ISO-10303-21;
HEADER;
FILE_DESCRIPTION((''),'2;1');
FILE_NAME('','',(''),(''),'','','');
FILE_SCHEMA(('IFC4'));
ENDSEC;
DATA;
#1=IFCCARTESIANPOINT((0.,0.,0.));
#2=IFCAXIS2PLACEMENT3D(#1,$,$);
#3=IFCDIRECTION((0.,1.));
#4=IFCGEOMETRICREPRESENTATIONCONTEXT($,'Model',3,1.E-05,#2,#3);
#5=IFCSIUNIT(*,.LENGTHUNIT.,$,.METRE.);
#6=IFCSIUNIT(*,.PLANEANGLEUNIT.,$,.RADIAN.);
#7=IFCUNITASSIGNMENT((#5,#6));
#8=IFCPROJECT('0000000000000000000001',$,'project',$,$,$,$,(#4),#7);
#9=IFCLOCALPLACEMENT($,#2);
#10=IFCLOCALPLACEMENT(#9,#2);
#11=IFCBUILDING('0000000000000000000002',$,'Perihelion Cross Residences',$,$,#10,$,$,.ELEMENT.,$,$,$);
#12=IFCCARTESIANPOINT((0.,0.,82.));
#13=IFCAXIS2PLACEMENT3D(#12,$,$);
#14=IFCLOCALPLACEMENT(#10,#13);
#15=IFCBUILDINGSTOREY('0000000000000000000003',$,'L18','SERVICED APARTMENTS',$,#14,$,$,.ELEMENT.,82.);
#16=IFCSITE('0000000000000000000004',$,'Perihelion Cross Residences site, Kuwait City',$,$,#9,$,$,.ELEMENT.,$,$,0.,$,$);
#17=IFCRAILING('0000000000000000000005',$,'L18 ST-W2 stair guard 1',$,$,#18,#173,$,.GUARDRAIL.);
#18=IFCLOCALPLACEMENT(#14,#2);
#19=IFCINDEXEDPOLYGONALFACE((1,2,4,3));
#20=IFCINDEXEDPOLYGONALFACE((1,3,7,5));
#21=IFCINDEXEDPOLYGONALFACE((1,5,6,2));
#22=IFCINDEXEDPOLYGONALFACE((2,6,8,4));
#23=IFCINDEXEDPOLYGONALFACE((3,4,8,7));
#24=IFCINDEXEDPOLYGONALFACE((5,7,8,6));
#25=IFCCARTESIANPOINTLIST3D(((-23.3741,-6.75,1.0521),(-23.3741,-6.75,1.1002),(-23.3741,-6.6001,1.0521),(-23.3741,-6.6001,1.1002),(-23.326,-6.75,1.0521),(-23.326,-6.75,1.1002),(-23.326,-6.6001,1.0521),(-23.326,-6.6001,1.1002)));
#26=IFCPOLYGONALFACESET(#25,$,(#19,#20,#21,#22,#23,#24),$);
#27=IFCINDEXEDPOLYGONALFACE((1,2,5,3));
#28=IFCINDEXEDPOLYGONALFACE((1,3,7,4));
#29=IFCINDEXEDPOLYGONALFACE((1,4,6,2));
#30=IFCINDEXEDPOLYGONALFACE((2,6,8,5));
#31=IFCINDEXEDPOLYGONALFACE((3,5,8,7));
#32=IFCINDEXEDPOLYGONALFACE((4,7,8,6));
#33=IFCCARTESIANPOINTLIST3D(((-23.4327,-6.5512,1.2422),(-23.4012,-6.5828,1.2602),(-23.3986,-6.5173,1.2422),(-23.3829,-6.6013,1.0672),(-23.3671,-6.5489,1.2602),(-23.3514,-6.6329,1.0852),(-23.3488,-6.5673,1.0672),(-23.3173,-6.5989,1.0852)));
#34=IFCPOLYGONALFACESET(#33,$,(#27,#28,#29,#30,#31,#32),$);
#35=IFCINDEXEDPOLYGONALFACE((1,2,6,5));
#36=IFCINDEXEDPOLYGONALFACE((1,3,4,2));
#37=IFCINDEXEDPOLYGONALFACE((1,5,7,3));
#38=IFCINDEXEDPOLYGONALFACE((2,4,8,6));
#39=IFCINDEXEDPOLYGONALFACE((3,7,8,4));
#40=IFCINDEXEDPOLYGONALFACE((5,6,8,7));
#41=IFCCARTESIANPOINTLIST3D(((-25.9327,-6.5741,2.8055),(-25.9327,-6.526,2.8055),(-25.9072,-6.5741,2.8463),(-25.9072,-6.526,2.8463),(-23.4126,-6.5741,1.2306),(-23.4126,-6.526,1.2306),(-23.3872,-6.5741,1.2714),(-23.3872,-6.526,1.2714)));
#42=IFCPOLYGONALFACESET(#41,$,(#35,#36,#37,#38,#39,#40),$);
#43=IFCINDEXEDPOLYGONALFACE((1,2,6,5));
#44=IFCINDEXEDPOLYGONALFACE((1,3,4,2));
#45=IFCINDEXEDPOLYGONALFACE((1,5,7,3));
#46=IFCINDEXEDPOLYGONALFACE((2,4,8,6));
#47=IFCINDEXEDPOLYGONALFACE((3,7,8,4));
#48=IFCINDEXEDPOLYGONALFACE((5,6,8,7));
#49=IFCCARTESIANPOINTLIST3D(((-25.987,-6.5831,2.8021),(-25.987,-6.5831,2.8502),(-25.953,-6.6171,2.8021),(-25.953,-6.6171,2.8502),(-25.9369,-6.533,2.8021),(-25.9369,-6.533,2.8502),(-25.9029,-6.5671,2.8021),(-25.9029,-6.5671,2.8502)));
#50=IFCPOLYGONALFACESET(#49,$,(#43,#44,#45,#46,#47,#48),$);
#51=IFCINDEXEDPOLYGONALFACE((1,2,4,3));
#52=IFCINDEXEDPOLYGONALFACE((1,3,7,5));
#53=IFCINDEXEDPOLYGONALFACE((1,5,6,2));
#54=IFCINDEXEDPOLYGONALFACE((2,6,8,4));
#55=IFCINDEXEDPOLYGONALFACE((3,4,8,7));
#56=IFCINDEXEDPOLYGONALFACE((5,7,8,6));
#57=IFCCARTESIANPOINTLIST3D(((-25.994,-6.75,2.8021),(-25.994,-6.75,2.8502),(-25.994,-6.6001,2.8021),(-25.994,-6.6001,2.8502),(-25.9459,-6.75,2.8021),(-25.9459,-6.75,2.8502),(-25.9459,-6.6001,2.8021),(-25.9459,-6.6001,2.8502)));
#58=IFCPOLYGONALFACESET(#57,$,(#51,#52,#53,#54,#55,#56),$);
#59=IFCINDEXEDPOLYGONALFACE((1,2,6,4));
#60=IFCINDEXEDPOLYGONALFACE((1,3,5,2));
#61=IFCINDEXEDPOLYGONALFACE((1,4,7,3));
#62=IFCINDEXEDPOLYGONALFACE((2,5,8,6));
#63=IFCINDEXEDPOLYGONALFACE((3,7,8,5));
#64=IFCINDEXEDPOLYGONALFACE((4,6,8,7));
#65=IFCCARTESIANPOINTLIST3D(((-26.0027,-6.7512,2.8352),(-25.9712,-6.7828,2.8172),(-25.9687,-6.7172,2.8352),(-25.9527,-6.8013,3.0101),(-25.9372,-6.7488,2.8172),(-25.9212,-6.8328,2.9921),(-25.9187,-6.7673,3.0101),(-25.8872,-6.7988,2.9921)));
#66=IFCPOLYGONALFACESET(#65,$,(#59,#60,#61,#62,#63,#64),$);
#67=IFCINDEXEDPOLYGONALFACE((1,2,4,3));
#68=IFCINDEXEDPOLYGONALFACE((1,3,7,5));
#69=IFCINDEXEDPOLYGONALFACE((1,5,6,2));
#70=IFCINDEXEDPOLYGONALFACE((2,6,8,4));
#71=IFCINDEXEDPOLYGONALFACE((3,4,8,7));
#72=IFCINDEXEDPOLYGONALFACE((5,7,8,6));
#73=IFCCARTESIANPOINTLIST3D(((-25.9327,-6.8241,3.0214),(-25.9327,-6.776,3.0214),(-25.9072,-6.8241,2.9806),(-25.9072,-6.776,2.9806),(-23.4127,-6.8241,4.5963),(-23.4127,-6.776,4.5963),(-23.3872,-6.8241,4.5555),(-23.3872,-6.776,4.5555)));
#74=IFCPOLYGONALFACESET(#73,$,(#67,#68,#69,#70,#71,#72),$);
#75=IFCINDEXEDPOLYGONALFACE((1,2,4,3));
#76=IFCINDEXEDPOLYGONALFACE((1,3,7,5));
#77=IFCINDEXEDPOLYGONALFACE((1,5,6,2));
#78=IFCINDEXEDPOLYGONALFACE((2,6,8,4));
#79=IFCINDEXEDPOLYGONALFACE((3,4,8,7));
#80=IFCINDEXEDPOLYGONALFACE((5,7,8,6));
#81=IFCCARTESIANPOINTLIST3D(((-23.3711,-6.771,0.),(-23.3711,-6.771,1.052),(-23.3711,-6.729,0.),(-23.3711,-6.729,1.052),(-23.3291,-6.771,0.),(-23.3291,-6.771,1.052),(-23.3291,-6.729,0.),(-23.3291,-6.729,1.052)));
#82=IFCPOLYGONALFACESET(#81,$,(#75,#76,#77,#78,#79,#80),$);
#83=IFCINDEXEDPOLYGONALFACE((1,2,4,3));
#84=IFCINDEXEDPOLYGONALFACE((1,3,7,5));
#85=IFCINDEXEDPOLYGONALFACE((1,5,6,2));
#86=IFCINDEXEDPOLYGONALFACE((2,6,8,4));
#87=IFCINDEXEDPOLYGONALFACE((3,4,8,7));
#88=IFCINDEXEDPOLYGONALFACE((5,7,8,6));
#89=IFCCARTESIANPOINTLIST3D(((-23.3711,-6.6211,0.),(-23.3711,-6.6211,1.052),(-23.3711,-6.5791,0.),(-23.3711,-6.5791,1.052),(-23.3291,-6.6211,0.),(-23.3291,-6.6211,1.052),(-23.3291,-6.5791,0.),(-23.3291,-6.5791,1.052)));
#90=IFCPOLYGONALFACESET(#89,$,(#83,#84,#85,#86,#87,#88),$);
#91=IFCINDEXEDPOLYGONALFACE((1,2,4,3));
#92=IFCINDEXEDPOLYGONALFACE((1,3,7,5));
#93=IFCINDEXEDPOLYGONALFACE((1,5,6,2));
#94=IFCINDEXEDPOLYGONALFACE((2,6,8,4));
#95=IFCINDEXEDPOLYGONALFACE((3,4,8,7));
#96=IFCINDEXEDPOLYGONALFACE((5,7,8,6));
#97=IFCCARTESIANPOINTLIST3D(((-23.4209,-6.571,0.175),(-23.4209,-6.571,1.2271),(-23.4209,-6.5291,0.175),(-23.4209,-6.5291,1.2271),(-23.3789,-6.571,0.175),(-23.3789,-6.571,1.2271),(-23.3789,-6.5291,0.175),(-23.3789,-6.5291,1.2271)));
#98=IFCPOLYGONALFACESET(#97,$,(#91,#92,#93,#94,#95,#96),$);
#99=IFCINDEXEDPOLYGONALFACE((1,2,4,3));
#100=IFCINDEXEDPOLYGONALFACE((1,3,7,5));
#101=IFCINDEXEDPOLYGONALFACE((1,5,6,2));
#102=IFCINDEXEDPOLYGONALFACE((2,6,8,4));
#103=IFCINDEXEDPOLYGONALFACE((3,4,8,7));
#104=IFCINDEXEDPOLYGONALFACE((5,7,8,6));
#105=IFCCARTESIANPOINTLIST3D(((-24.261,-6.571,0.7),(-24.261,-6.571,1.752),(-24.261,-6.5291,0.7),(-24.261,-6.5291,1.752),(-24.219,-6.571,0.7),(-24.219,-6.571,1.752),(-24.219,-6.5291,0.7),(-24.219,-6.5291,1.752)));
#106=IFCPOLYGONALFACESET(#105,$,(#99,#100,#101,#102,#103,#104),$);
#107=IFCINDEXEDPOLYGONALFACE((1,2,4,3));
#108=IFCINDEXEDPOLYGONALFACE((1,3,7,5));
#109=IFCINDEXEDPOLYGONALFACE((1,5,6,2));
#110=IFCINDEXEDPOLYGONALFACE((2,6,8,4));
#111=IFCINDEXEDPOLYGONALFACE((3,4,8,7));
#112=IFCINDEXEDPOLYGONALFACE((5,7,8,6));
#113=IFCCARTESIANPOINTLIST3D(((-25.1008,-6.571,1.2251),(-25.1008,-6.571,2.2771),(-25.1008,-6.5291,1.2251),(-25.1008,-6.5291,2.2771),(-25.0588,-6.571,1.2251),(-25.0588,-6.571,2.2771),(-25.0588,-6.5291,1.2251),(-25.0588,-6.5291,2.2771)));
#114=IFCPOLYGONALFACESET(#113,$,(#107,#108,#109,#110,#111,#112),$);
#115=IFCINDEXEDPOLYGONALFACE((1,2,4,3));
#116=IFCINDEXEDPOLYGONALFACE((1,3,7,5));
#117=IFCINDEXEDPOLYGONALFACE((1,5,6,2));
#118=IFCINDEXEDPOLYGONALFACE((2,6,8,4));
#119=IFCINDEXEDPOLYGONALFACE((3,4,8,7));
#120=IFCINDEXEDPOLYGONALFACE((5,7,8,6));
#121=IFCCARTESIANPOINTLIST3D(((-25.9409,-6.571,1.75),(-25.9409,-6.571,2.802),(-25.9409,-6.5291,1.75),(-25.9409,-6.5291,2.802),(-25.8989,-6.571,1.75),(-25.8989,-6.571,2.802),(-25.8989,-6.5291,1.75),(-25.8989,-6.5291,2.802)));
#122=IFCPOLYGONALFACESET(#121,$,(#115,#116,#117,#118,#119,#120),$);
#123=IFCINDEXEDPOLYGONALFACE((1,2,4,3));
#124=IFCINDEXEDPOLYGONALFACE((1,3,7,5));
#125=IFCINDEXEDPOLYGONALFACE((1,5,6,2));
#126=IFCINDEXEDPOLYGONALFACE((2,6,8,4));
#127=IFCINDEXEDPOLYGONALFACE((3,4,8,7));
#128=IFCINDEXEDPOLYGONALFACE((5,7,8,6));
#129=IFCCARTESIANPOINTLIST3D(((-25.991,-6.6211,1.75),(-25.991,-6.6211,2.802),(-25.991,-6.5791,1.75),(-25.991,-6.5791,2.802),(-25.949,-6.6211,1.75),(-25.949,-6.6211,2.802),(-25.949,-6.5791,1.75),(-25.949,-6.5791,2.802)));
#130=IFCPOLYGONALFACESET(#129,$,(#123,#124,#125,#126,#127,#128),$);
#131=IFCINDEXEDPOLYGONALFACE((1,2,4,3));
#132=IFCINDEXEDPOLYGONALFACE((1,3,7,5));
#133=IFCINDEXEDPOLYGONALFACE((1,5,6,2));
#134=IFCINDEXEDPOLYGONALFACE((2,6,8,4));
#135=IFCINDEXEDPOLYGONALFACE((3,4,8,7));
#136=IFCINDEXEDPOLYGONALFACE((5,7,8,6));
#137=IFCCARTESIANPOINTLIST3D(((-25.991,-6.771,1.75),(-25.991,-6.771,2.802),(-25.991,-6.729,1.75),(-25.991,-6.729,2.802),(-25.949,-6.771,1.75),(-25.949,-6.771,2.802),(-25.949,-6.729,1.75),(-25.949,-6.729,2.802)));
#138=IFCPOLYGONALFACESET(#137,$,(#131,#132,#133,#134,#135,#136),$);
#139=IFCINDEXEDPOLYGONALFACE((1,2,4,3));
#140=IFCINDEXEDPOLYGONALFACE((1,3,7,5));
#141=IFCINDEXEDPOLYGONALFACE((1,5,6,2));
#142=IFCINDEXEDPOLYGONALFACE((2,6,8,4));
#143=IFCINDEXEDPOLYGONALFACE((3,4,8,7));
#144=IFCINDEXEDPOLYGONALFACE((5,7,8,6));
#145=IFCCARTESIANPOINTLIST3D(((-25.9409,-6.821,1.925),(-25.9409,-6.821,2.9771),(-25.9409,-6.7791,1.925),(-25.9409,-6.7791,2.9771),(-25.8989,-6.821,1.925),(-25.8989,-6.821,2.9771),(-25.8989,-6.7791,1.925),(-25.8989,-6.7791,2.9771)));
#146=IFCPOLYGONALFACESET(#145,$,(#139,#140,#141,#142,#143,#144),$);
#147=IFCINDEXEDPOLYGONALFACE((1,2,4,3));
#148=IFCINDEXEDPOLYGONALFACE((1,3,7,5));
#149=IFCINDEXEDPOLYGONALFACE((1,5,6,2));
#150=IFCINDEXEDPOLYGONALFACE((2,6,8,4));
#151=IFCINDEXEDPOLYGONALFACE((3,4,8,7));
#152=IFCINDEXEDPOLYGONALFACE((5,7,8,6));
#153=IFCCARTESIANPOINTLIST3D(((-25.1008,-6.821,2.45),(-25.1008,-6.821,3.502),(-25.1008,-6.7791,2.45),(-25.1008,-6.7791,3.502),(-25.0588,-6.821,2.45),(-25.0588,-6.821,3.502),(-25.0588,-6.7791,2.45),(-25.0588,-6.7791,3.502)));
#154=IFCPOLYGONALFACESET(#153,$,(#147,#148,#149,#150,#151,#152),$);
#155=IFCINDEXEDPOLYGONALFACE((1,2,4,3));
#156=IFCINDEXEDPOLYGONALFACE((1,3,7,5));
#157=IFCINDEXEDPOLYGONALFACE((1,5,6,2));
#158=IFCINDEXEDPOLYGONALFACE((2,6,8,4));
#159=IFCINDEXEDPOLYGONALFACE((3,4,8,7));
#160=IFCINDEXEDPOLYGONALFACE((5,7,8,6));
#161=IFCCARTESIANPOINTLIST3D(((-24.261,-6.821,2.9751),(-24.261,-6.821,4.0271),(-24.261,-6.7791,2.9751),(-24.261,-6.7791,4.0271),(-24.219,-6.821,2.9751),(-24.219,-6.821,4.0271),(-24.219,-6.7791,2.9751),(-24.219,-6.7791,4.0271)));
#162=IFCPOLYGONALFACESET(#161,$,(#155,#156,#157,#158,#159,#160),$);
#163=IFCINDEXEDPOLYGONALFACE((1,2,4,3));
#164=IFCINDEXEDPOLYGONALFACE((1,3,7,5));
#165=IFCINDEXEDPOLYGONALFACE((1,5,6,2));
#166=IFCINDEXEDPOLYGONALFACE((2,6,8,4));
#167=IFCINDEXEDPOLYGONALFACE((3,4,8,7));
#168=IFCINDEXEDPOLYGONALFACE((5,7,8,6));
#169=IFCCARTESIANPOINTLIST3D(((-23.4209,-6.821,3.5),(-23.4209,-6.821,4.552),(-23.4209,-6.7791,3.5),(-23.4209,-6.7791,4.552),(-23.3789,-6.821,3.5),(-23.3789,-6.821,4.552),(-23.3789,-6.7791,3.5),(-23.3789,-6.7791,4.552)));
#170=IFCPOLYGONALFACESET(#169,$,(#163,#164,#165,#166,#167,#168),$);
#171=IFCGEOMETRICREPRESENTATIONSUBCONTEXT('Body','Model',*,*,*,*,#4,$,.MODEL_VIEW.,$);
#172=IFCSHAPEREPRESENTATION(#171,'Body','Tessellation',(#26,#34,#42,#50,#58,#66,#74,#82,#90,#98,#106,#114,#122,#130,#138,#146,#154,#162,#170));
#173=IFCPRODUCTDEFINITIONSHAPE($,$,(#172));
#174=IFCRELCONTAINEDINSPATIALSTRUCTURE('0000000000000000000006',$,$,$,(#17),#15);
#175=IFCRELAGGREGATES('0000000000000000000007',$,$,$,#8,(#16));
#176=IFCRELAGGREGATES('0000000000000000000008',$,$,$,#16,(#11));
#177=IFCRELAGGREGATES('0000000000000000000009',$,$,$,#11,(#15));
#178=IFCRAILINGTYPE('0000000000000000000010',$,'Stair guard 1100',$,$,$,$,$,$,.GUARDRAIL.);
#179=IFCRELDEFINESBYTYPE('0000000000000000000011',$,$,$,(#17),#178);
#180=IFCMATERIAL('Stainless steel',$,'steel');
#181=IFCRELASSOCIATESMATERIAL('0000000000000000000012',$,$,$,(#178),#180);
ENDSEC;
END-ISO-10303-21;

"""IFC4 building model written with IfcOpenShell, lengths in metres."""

from ifc_helpers import new_model, si_unit, direction, frame, origin, origin_2d, place, context, subcontext, project, spatial, rectangle, extrude, material, type_object, element, save


model = new_model("IFC4")

# Units and contexts
model_context = context("Model", 3, precision=1e-05, world=origin(), true_north=direction((0.0, 1.0)))
body_context = subcontext(model_context, "Body", "Model", "MODEL_VIEW")
ifc_project = project(units=[si_unit("LENGTHUNIT", "METRE"), si_unit("PLANEANGLEUNIT", "RADIAN")], contexts=[model_context])

# Site, building, storey
site_placement = place(None, origin())
site = spatial("IfcSite", under=ifc_project, at=site_placement, Name="Perihelion Cross Residences site, Kuwait City", CompositionType="ELEMENT", RefElevation=0.0)
building_placement = place(site_placement, origin())
building = spatial("IfcBuilding", under=site, at=building_placement, Name="Perihelion Cross Residences", CompositionType="ELEMENT")
storey_placement = place(building_placement, frame((0.0, 0.0, 82.0)))
storey = spatial("IfcBuildingStorey", under=building, at=storey_placement, Name="L18", Description="SERVICED APARTMENTS", CompositionType="ELEMENT", Elevation=82.0)

# Railing
ifc_material_1 = material(Name="Stainless steel", Category="steel")
railing_type_1 = type_object("IfcRailingType", Name="Stair guard 1100", PredefinedType="GUARDRAIL", material=ifc_material_1)
railing_1_placement = place(storey_placement, frame((-23.3501, -6.75, 0.0)))
element("IfcRailing", 1, at=railing_1_placement, inside=storey, type_object=railing_type_1, Name="L18 ST-W2 stair guard 1", PredefinedType="GUARDRAIL", context=body_context, shape_type="SweptSolid", body=[
    extrude(rectangle(XDim=0.0481, YDim=0.0481, at=origin_2d()), frame((0.0, 0.0, 1.0762), z_axis=(0.0, 1.0, 0.0), x_axis=(-1.0, 0.0, 0.0)), (0.0, 0.0, 1.0), 0.1499),
    extrude(rectangle(XDim=0.0481, YDim=0.0481, at=origin_2d()), frame((0.0, 0.1499, 1.0762), z_axis=(-0.263862, 0.265156, 0.927399), x_axis=(-0.708834, -0.705376, 0.0)), (0.0, 0.0, 1.0), 0.1887),
    extrude(rectangle(XDim=0.0481, YDim=0.0481, at=origin_2d()), frame((-0.0498, 0.2, 1.251), z_axis=(-0.848008, 0.0, 0.529984), x_axis=(0.0, -1.0, 0.0)), (0.0, 0.0, 1.0), 2.9717),
    extrude(rectangle(XDim=0.0481, YDim=0.0481, at=origin_2d()), frame((-2.5698, 0.2, 2.8262), z_axis=(-0.707107, -0.707107, 0.0), x_axis=(0.707107, -0.707107, 0.0)), (0.0, 0.0, 1.0), 0.0708),
    extrude(rectangle(XDim=0.0481, YDim=0.0481, at=origin_2d()), frame((-2.6199, 0.1499, 2.8262), z_axis=(0.0, -1.0, 0.0), x_axis=(1.0, 0.0, 0.0)), (0.0, 0.0, 1.0), 0.1499),
    extrude(rectangle(XDim=0.0481, YDim=0.0481, at=origin_2d()), frame((-2.6199, 0.0, 2.8262), z_axis=(0.265065, -0.265065, 0.927082), x_axis=(0.707107, 0.707107, 0.0)), (0.0, 0.0, 1.0), 0.1887),
    extrude(rectangle(XDim=0.0481, YDim=0.0481, at=origin_2d()), frame((-2.5698, -0.05, 3.001), z_axis=(0.848008, 0.0, 0.529984), x_axis=(0.0, 1.0, 0.0)), (0.0, 0.0, 1.0), 2.9717),
    extrude(rectangle(XDim=0.042, YDim=0.042, at=origin_2d()), origin(), (0.0, 0.0, 1.0), 1.052),
    extrude(rectangle(XDim=0.042, YDim=0.042, at=origin_2d()), frame((0.0, 0.1499, 0.0)), (0.0, 0.0, 1.0), 1.052),
    extrude(rectangle(XDim=0.042, YDim=0.042, at=origin_2d()), frame((-0.0498, 0.2, 0.175)), (0.0, 0.0, 1.0), 1.052),
    extrude(rectangle(XDim=0.042, YDim=0.042, at=origin_2d()), frame((-0.8899, 0.2, 0.7)), (0.0, 0.0, 1.0), 1.052),
    extrude(rectangle(XDim=0.042, YDim=0.042, at=origin_2d()), frame((-1.7297, 0.2, 1.2251)), (0.0, 0.0, 1.0), 1.052),
    extrude(rectangle(XDim=0.042, YDim=0.042, at=origin_2d()), frame((-2.5698, 0.2, 1.75)), (0.0, 0.0, 1.0), 1.052),
    extrude(rectangle(XDim=0.042, YDim=0.042, at=origin_2d()), frame((-2.6199, 0.1499, 1.75)), (0.0, 0.0, 1.0), 1.052),
    extrude(rectangle(XDim=0.042, YDim=0.042, at=origin_2d()), frame((-2.6199, 0.0, 1.75)), (0.0, 0.0, 1.0), 1.052),
    extrude(rectangle(XDim=0.042, YDim=0.042, at=origin_2d()), frame((-2.5698, -0.05, 1.925)), (0.0, 0.0, 1.0), 1.052),
    extrude(rectangle(XDim=0.042, YDim=0.042, at=origin_2d()), frame((-1.7297, -0.05, 2.45)), (0.0, 0.0, 1.0), 1.052),
    extrude(rectangle(XDim=0.042, YDim=0.042, at=origin_2d()), frame((-0.8899, -0.05, 2.9751)), (0.0, 0.0, 1.0), 1.052),
    extrude(rectangle(XDim=0.042, YDim=0.042, at=origin_2d()), frame((-0.0498, -0.05, 3.5)), (0.0, 0.0, 1.0), 1.052),
])

save(model, "model.ifc")
